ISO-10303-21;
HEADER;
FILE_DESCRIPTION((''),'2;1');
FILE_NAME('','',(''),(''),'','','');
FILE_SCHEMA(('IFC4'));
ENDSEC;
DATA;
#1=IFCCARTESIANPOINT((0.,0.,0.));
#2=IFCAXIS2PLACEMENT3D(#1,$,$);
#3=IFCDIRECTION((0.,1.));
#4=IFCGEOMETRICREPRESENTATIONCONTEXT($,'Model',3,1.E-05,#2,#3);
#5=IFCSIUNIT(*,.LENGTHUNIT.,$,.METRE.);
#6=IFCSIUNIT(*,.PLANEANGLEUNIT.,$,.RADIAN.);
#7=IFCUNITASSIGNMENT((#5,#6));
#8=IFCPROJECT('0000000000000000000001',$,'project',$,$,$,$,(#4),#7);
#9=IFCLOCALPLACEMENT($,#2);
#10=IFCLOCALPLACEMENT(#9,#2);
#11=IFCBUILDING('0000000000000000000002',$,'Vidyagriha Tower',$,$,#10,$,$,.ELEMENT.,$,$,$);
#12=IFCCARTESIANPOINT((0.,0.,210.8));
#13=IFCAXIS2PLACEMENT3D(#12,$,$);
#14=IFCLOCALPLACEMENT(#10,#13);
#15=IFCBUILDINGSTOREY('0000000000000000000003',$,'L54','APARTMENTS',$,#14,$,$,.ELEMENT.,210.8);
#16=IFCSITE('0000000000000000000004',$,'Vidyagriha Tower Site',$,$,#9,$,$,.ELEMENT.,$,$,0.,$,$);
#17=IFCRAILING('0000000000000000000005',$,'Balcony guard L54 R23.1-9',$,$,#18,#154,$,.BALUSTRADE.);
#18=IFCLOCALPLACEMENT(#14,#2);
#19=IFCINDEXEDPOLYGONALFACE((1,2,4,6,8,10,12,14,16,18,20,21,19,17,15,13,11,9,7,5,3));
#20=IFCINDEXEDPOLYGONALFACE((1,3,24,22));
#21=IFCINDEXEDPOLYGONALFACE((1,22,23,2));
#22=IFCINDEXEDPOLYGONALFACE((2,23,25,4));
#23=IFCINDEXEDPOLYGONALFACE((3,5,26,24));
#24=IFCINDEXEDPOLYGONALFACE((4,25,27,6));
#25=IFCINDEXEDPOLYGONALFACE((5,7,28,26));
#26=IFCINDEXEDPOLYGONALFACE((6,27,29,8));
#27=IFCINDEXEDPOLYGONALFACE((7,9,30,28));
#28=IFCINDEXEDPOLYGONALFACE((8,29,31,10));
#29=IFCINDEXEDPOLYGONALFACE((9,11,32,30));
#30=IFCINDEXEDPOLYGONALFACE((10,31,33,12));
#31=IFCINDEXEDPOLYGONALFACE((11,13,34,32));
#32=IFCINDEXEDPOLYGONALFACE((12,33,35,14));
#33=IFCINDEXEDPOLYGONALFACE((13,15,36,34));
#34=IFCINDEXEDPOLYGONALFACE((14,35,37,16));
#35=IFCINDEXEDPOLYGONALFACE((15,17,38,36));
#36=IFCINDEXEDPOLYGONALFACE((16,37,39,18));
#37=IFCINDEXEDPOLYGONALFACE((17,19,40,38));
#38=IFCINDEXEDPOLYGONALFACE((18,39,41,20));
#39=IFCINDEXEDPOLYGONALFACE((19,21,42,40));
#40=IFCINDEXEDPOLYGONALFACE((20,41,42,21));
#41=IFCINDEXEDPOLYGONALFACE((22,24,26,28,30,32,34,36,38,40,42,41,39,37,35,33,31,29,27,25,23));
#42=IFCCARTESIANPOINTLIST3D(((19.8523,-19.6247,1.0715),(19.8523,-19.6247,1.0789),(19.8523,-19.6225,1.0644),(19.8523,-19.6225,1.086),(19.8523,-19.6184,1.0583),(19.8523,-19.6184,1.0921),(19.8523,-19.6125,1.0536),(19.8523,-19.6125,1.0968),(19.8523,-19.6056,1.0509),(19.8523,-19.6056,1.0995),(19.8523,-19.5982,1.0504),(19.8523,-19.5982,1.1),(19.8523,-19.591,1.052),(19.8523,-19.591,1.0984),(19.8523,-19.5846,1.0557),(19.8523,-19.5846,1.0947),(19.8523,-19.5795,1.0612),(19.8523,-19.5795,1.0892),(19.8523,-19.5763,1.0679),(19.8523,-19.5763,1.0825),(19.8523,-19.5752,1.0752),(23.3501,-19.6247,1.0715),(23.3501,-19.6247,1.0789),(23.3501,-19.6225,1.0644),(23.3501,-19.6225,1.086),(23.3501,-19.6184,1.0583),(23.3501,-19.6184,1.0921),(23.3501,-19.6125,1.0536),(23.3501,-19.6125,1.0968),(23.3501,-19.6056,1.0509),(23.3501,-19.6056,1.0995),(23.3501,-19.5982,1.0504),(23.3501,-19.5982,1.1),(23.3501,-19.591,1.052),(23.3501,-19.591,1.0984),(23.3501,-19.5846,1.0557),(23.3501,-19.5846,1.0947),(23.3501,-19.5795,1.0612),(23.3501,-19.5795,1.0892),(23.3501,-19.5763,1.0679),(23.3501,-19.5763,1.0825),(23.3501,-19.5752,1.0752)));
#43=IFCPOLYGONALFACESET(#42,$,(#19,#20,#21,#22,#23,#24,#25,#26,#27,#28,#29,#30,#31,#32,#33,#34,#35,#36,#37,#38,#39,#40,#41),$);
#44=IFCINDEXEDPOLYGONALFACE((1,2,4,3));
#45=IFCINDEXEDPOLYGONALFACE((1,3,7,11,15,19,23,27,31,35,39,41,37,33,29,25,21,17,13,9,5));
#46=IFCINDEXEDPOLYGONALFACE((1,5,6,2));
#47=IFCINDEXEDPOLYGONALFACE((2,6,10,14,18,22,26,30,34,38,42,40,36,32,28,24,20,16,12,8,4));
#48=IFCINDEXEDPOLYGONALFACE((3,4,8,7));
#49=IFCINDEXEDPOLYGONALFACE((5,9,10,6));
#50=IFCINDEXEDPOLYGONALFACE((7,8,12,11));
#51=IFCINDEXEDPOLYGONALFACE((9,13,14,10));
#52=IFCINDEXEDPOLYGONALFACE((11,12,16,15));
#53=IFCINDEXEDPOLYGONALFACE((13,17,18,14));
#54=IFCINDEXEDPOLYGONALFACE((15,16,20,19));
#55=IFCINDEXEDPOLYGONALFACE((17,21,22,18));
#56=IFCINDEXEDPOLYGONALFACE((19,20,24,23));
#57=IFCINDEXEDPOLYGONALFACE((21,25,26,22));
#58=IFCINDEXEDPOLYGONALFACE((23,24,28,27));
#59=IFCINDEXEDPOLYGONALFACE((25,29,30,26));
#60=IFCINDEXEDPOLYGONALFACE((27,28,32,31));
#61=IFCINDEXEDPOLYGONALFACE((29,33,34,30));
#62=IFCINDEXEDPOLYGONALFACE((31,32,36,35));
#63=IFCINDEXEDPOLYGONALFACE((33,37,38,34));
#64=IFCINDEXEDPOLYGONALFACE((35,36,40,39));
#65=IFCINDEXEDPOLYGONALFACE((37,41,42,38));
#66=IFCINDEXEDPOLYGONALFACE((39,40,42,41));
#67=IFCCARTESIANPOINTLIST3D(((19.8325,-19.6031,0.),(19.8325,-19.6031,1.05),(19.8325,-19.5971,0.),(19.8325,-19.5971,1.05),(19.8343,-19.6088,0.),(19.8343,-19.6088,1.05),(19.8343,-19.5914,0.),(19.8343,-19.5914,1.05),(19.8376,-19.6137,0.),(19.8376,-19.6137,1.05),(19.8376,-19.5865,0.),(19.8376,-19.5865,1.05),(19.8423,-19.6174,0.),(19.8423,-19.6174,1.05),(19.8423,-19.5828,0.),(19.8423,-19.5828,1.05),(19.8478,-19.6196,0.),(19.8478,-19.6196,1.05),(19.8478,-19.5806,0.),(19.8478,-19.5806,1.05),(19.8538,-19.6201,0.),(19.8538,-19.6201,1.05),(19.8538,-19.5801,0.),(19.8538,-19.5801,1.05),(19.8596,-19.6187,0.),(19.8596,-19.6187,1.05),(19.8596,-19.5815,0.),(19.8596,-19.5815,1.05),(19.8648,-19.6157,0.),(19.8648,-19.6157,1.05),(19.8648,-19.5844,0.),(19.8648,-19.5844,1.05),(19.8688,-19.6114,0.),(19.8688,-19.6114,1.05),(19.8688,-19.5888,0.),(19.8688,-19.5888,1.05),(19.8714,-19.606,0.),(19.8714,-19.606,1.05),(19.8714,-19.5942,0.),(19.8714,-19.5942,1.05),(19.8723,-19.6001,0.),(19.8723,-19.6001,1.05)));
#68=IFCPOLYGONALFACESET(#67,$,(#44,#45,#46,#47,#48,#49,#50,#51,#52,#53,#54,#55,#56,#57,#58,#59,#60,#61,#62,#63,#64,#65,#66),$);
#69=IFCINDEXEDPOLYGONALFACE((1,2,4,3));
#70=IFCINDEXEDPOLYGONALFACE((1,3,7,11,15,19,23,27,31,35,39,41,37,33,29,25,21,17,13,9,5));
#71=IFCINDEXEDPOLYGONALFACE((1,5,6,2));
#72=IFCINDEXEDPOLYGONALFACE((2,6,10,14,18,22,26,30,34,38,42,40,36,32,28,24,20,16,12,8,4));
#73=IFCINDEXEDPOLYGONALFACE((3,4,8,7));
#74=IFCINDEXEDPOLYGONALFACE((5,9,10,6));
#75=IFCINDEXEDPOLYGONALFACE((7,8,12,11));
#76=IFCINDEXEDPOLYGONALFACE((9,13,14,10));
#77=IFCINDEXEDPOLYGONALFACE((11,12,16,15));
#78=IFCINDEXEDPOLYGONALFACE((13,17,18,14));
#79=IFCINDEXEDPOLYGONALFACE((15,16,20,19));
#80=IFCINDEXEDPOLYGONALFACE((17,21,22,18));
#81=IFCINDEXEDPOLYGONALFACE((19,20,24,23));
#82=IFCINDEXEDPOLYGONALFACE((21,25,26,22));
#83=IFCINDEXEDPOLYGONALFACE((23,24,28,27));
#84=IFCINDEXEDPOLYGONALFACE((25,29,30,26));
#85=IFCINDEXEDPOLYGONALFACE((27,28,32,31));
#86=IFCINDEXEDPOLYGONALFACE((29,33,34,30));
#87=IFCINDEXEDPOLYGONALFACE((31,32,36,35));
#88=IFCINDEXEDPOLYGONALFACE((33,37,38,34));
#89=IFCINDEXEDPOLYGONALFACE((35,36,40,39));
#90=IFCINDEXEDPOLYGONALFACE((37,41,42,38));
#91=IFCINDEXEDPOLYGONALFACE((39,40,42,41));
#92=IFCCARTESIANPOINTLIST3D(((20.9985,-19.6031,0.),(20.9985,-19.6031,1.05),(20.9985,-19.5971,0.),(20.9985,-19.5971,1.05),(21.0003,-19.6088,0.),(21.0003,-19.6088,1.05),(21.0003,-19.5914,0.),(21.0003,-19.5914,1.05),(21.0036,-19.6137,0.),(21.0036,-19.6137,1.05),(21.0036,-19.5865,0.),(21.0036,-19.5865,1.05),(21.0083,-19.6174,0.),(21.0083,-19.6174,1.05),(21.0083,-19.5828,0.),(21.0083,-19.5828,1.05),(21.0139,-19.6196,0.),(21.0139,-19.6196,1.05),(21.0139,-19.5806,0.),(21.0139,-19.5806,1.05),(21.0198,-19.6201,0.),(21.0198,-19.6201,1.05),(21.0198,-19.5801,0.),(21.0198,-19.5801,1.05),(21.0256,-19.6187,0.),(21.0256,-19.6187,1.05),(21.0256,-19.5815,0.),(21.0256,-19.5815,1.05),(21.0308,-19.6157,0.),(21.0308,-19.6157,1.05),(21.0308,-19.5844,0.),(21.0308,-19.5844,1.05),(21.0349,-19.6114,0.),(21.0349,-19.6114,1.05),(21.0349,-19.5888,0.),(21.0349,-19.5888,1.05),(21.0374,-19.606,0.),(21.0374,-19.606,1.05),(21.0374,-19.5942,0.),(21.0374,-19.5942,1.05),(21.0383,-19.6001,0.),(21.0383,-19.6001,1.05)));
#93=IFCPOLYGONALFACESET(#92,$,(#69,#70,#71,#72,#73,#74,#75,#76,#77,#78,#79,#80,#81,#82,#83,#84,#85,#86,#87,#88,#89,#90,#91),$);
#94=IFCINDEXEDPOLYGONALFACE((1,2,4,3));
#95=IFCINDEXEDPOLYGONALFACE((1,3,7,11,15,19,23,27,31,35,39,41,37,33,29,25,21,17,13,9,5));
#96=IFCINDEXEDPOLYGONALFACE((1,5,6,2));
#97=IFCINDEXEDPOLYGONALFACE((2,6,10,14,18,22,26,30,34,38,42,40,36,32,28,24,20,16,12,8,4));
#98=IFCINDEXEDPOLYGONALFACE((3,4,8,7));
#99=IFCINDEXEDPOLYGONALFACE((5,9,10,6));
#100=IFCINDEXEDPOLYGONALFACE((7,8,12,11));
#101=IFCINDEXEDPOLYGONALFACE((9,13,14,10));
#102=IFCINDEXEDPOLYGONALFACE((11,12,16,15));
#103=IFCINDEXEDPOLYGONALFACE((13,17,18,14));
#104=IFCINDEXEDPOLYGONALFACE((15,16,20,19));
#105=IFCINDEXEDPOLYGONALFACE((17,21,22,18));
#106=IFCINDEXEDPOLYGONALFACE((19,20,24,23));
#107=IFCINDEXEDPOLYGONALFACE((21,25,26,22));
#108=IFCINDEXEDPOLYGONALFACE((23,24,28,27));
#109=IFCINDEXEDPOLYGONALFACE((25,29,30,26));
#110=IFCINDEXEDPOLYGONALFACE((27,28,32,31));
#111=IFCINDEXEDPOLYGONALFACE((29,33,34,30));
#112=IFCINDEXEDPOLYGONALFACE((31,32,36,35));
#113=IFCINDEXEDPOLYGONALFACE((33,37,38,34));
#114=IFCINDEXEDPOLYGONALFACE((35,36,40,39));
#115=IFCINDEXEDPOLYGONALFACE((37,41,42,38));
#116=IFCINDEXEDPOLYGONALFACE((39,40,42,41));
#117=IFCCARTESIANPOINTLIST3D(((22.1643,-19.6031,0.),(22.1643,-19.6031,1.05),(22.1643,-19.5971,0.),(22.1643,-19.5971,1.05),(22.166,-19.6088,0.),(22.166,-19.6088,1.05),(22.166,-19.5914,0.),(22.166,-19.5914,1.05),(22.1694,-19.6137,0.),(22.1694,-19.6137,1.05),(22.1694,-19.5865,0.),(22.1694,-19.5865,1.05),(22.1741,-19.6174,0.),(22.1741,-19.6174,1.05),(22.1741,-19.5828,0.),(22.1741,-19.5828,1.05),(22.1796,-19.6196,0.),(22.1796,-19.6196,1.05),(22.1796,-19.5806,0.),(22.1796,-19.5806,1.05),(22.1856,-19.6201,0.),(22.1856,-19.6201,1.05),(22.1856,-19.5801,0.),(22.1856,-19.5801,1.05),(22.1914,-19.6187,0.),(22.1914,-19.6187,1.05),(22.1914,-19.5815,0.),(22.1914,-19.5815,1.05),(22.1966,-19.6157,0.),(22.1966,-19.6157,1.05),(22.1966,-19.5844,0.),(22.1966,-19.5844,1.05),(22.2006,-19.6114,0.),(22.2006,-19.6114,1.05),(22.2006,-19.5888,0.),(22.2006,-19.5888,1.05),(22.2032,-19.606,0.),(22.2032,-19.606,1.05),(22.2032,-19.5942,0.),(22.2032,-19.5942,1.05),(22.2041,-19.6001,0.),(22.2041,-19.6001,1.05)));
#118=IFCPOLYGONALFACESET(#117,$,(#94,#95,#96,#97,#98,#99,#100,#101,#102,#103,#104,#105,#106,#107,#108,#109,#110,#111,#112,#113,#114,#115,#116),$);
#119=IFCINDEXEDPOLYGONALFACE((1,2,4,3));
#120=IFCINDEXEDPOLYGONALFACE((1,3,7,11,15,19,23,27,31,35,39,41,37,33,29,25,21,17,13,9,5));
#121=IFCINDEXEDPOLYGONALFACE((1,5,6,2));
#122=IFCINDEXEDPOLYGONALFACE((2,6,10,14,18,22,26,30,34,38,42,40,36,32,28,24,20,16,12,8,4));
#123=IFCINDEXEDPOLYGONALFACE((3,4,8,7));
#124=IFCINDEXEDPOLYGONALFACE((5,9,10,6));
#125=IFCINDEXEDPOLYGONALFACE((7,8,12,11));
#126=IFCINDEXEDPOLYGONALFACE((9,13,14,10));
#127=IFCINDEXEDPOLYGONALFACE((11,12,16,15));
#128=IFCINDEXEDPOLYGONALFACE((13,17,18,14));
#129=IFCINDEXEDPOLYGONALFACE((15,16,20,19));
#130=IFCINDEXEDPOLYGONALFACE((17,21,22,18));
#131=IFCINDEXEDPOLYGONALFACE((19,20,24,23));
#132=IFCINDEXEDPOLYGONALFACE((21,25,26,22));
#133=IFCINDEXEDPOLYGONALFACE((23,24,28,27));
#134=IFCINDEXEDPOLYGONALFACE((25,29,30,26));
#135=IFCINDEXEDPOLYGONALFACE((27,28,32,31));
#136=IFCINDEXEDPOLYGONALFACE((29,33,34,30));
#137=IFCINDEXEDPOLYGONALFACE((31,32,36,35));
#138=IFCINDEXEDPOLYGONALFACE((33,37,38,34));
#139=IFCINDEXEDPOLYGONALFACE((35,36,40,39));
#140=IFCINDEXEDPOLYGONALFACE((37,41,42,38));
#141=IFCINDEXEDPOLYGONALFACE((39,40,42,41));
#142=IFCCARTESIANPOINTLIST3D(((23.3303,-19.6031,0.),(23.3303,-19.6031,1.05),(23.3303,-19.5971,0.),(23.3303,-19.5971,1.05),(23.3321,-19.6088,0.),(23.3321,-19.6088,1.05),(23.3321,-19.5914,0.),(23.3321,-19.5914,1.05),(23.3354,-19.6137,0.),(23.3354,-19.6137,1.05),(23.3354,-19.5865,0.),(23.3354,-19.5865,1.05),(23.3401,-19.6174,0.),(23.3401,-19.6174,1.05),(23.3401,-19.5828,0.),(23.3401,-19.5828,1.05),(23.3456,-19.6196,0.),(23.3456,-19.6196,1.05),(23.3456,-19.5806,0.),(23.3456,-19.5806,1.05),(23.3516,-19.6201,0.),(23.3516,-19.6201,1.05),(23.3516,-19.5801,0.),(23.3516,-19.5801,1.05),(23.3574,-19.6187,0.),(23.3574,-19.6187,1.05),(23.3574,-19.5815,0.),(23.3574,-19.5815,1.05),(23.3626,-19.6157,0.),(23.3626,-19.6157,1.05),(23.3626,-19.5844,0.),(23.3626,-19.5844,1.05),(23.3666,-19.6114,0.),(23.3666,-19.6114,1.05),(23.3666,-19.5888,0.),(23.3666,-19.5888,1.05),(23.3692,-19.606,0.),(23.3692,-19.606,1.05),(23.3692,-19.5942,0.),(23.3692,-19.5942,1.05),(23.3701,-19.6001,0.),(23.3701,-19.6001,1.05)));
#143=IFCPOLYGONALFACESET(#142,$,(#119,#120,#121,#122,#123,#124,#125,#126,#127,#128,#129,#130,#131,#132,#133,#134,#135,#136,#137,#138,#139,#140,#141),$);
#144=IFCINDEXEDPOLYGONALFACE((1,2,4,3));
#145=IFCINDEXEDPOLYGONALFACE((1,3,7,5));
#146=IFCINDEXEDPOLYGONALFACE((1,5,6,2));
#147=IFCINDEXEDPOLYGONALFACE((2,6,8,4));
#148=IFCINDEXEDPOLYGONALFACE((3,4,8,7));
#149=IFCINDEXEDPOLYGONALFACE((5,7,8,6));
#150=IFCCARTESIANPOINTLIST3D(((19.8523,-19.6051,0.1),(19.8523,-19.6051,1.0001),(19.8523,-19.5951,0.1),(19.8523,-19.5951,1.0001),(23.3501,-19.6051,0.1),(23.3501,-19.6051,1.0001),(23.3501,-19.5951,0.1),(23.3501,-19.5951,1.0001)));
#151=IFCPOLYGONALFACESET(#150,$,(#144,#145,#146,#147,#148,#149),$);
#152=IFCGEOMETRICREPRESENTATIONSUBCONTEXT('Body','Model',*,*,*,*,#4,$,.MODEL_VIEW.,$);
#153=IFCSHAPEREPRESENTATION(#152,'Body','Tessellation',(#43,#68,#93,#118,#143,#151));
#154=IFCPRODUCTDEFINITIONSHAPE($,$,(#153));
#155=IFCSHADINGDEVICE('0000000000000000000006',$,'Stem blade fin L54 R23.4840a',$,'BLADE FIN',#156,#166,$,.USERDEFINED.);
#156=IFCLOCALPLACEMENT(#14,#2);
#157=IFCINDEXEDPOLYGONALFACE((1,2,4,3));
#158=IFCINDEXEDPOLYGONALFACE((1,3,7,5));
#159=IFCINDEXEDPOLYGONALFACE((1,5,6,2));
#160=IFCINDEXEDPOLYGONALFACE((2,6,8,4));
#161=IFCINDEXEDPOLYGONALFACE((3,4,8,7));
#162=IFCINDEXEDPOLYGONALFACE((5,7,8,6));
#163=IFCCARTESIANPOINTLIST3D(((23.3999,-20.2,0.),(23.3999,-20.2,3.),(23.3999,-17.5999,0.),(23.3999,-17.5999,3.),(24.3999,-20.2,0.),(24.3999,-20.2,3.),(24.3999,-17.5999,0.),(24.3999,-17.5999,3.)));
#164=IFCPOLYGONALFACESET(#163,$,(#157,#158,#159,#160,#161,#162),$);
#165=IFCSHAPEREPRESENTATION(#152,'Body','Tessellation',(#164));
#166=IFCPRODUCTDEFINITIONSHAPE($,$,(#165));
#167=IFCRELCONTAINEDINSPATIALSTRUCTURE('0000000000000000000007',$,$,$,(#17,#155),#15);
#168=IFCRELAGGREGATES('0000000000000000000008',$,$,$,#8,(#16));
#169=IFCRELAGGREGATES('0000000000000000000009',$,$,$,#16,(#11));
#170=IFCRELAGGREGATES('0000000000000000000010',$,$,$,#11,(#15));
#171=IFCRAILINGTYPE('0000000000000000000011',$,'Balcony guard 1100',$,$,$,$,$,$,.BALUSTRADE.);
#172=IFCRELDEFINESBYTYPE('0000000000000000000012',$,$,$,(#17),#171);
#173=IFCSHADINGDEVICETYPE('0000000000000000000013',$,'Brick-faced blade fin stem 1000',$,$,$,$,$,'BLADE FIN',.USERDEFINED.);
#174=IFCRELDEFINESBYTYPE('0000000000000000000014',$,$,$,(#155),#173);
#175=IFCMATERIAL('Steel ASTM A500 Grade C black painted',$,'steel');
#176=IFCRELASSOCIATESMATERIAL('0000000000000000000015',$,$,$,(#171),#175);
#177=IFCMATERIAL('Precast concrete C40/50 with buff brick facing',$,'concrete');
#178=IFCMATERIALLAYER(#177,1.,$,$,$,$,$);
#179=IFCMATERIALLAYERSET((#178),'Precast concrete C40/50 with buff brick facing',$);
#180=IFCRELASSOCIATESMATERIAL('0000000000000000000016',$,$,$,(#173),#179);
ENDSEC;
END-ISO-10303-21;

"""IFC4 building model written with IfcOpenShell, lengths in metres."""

from ifc_helpers import new_model, si_unit, direction, frame, origin, origin_2d, place, context, subcontext, project, spatial, polyline, rectangle, circle, outline, extrude, material, layer, layer_set, type_object, element, save


model = new_model("IFC4")

# Units and contexts
model_context = context("Model", 3, precision=1e-05, world=origin(), true_north=direction((0.0, 1.0)))
body_context = subcontext(model_context, "Body", "Model", "MODEL_VIEW")
ifc_project = project(units=[si_unit("LENGTHUNIT", "METRE"), si_unit("PLANEANGLEUNIT", "RADIAN")], contexts=[model_context])

# Site, building, storey
site_placement = place(None, origin())
site = spatial("IfcSite", under=ifc_project, at=site_placement, Name="Vidyagriha Tower Site", CompositionType="ELEMENT", RefElevation=0.0)
building_placement = place(site_placement, origin())
building = spatial("IfcBuilding", under=site, at=building_placement, Name="Vidyagriha Tower", CompositionType="ELEMENT")
storey_placement = place(building_placement, frame((0.0, 0.0, 210.8)))
storey = spatial("IfcBuildingStorey", under=building, at=storey_placement, Name="L54", Description="APARTMENTS", CompositionType="ELEMENT", Elevation=210.8)

# Railing
ifc_material_1 = material(Name="Steel ASTM A500 Grade C black painted", Category="steel")
railing_type_1 = type_object("IfcRailingType", Name="Balcony guard 1100", PredefinedType="BALUSTRADE", material=ifc_material_1)
railing_1_placement = place(storey_placement, frame((19.8523, -19.6001, 0.0)))
element("IfcRailing", 1, at=railing_1_placement, inside=storey, type_object=railing_type_1, Name="Balcony guard L54 R23.1-9", PredefinedType="BALUSTRADE", context=body_context, shape_type="SweptSolid", body=[
    extrude(circle(Radius=0.0249, at=origin_2d()), frame((0.0, 0.0, 1.0752), z_axis=(1.0, 0.0, 0.0), x_axis=(0.0, 1.0, 0.0)), (0.0, 0.0, 1.0), 3.4978),
    extrude(circle(Radius=0.02, at=origin_2d()), origin(), (0.0, 0.0, 1.0), 1.05),
    extrude(circle(Radius=0.02, at=origin_2d()), frame((1.166, 0.0, 0.0)), (0.0, 0.0, 1.0), 1.05),
    extrude(circle(Radius=0.02, at=origin_2d()), frame((2.3318, 0.0, 0.0)), (0.0, 0.0, 1.0), 1.05),
    extrude(circle(Radius=0.02, at=origin_2d()), frame((3.4978, 0.0, 0.0)), (0.0, 0.0, 1.0), 1.05),
    extrude(rectangle(XDim=0.01, YDim=0.9001, at=origin_2d()), frame((0.0, 0.0, 0.55), z_axis=(1.0, 0.0, 0.0), x_axis=(0.0, 1.0, 0.0)), (0.0, 0.0, 1.0), 3.4978),
])

# Shading device
ifc_material_2 = material(Name="Precast concrete C40/50 with buff brick facing", Category="concrete")
ifc_layer_1 = layer(ifc_material_2, 1.0)
ifc_layer_set_1 = layer_set([ifc_layer_1], Name="Precast concrete C40/50 with buff brick facing")
shading_device_type = type_object("IfcShadingDeviceType", Name="Brick-faced blade fin stem 1000", ElementType="BLADE FIN", PredefinedType="USERDEFINED", material=ifc_layer_set_1)
shading_device_placement = place(storey_placement, frame((23.3999, -18.8999, 0.0)))
element("IfcShadingDevice", 2, at=shading_device_placement, inside=storey, type_object=shading_device_type, Name="Stem blade fin L54 R23.4840a", ObjectType="BLADE FIN", PredefinedType="USERDEFINED", context=body_context, shape_type="SweptSolid", body=[
    extrude(outline(polyline([(0.0, 0.0), (1.0, 0.0), (1.0, 3.0), (0.0, 3.0), (0.0, 0.0)])), frame((0.0, 1.3, 0.0), z_axis=(0.0, -1.0, 0.0), x_axis=(1.0, 0.0, 0.0)), (0.0, 0.0, 1.0), 2.6001),
])

save(model, "model.ifc")
